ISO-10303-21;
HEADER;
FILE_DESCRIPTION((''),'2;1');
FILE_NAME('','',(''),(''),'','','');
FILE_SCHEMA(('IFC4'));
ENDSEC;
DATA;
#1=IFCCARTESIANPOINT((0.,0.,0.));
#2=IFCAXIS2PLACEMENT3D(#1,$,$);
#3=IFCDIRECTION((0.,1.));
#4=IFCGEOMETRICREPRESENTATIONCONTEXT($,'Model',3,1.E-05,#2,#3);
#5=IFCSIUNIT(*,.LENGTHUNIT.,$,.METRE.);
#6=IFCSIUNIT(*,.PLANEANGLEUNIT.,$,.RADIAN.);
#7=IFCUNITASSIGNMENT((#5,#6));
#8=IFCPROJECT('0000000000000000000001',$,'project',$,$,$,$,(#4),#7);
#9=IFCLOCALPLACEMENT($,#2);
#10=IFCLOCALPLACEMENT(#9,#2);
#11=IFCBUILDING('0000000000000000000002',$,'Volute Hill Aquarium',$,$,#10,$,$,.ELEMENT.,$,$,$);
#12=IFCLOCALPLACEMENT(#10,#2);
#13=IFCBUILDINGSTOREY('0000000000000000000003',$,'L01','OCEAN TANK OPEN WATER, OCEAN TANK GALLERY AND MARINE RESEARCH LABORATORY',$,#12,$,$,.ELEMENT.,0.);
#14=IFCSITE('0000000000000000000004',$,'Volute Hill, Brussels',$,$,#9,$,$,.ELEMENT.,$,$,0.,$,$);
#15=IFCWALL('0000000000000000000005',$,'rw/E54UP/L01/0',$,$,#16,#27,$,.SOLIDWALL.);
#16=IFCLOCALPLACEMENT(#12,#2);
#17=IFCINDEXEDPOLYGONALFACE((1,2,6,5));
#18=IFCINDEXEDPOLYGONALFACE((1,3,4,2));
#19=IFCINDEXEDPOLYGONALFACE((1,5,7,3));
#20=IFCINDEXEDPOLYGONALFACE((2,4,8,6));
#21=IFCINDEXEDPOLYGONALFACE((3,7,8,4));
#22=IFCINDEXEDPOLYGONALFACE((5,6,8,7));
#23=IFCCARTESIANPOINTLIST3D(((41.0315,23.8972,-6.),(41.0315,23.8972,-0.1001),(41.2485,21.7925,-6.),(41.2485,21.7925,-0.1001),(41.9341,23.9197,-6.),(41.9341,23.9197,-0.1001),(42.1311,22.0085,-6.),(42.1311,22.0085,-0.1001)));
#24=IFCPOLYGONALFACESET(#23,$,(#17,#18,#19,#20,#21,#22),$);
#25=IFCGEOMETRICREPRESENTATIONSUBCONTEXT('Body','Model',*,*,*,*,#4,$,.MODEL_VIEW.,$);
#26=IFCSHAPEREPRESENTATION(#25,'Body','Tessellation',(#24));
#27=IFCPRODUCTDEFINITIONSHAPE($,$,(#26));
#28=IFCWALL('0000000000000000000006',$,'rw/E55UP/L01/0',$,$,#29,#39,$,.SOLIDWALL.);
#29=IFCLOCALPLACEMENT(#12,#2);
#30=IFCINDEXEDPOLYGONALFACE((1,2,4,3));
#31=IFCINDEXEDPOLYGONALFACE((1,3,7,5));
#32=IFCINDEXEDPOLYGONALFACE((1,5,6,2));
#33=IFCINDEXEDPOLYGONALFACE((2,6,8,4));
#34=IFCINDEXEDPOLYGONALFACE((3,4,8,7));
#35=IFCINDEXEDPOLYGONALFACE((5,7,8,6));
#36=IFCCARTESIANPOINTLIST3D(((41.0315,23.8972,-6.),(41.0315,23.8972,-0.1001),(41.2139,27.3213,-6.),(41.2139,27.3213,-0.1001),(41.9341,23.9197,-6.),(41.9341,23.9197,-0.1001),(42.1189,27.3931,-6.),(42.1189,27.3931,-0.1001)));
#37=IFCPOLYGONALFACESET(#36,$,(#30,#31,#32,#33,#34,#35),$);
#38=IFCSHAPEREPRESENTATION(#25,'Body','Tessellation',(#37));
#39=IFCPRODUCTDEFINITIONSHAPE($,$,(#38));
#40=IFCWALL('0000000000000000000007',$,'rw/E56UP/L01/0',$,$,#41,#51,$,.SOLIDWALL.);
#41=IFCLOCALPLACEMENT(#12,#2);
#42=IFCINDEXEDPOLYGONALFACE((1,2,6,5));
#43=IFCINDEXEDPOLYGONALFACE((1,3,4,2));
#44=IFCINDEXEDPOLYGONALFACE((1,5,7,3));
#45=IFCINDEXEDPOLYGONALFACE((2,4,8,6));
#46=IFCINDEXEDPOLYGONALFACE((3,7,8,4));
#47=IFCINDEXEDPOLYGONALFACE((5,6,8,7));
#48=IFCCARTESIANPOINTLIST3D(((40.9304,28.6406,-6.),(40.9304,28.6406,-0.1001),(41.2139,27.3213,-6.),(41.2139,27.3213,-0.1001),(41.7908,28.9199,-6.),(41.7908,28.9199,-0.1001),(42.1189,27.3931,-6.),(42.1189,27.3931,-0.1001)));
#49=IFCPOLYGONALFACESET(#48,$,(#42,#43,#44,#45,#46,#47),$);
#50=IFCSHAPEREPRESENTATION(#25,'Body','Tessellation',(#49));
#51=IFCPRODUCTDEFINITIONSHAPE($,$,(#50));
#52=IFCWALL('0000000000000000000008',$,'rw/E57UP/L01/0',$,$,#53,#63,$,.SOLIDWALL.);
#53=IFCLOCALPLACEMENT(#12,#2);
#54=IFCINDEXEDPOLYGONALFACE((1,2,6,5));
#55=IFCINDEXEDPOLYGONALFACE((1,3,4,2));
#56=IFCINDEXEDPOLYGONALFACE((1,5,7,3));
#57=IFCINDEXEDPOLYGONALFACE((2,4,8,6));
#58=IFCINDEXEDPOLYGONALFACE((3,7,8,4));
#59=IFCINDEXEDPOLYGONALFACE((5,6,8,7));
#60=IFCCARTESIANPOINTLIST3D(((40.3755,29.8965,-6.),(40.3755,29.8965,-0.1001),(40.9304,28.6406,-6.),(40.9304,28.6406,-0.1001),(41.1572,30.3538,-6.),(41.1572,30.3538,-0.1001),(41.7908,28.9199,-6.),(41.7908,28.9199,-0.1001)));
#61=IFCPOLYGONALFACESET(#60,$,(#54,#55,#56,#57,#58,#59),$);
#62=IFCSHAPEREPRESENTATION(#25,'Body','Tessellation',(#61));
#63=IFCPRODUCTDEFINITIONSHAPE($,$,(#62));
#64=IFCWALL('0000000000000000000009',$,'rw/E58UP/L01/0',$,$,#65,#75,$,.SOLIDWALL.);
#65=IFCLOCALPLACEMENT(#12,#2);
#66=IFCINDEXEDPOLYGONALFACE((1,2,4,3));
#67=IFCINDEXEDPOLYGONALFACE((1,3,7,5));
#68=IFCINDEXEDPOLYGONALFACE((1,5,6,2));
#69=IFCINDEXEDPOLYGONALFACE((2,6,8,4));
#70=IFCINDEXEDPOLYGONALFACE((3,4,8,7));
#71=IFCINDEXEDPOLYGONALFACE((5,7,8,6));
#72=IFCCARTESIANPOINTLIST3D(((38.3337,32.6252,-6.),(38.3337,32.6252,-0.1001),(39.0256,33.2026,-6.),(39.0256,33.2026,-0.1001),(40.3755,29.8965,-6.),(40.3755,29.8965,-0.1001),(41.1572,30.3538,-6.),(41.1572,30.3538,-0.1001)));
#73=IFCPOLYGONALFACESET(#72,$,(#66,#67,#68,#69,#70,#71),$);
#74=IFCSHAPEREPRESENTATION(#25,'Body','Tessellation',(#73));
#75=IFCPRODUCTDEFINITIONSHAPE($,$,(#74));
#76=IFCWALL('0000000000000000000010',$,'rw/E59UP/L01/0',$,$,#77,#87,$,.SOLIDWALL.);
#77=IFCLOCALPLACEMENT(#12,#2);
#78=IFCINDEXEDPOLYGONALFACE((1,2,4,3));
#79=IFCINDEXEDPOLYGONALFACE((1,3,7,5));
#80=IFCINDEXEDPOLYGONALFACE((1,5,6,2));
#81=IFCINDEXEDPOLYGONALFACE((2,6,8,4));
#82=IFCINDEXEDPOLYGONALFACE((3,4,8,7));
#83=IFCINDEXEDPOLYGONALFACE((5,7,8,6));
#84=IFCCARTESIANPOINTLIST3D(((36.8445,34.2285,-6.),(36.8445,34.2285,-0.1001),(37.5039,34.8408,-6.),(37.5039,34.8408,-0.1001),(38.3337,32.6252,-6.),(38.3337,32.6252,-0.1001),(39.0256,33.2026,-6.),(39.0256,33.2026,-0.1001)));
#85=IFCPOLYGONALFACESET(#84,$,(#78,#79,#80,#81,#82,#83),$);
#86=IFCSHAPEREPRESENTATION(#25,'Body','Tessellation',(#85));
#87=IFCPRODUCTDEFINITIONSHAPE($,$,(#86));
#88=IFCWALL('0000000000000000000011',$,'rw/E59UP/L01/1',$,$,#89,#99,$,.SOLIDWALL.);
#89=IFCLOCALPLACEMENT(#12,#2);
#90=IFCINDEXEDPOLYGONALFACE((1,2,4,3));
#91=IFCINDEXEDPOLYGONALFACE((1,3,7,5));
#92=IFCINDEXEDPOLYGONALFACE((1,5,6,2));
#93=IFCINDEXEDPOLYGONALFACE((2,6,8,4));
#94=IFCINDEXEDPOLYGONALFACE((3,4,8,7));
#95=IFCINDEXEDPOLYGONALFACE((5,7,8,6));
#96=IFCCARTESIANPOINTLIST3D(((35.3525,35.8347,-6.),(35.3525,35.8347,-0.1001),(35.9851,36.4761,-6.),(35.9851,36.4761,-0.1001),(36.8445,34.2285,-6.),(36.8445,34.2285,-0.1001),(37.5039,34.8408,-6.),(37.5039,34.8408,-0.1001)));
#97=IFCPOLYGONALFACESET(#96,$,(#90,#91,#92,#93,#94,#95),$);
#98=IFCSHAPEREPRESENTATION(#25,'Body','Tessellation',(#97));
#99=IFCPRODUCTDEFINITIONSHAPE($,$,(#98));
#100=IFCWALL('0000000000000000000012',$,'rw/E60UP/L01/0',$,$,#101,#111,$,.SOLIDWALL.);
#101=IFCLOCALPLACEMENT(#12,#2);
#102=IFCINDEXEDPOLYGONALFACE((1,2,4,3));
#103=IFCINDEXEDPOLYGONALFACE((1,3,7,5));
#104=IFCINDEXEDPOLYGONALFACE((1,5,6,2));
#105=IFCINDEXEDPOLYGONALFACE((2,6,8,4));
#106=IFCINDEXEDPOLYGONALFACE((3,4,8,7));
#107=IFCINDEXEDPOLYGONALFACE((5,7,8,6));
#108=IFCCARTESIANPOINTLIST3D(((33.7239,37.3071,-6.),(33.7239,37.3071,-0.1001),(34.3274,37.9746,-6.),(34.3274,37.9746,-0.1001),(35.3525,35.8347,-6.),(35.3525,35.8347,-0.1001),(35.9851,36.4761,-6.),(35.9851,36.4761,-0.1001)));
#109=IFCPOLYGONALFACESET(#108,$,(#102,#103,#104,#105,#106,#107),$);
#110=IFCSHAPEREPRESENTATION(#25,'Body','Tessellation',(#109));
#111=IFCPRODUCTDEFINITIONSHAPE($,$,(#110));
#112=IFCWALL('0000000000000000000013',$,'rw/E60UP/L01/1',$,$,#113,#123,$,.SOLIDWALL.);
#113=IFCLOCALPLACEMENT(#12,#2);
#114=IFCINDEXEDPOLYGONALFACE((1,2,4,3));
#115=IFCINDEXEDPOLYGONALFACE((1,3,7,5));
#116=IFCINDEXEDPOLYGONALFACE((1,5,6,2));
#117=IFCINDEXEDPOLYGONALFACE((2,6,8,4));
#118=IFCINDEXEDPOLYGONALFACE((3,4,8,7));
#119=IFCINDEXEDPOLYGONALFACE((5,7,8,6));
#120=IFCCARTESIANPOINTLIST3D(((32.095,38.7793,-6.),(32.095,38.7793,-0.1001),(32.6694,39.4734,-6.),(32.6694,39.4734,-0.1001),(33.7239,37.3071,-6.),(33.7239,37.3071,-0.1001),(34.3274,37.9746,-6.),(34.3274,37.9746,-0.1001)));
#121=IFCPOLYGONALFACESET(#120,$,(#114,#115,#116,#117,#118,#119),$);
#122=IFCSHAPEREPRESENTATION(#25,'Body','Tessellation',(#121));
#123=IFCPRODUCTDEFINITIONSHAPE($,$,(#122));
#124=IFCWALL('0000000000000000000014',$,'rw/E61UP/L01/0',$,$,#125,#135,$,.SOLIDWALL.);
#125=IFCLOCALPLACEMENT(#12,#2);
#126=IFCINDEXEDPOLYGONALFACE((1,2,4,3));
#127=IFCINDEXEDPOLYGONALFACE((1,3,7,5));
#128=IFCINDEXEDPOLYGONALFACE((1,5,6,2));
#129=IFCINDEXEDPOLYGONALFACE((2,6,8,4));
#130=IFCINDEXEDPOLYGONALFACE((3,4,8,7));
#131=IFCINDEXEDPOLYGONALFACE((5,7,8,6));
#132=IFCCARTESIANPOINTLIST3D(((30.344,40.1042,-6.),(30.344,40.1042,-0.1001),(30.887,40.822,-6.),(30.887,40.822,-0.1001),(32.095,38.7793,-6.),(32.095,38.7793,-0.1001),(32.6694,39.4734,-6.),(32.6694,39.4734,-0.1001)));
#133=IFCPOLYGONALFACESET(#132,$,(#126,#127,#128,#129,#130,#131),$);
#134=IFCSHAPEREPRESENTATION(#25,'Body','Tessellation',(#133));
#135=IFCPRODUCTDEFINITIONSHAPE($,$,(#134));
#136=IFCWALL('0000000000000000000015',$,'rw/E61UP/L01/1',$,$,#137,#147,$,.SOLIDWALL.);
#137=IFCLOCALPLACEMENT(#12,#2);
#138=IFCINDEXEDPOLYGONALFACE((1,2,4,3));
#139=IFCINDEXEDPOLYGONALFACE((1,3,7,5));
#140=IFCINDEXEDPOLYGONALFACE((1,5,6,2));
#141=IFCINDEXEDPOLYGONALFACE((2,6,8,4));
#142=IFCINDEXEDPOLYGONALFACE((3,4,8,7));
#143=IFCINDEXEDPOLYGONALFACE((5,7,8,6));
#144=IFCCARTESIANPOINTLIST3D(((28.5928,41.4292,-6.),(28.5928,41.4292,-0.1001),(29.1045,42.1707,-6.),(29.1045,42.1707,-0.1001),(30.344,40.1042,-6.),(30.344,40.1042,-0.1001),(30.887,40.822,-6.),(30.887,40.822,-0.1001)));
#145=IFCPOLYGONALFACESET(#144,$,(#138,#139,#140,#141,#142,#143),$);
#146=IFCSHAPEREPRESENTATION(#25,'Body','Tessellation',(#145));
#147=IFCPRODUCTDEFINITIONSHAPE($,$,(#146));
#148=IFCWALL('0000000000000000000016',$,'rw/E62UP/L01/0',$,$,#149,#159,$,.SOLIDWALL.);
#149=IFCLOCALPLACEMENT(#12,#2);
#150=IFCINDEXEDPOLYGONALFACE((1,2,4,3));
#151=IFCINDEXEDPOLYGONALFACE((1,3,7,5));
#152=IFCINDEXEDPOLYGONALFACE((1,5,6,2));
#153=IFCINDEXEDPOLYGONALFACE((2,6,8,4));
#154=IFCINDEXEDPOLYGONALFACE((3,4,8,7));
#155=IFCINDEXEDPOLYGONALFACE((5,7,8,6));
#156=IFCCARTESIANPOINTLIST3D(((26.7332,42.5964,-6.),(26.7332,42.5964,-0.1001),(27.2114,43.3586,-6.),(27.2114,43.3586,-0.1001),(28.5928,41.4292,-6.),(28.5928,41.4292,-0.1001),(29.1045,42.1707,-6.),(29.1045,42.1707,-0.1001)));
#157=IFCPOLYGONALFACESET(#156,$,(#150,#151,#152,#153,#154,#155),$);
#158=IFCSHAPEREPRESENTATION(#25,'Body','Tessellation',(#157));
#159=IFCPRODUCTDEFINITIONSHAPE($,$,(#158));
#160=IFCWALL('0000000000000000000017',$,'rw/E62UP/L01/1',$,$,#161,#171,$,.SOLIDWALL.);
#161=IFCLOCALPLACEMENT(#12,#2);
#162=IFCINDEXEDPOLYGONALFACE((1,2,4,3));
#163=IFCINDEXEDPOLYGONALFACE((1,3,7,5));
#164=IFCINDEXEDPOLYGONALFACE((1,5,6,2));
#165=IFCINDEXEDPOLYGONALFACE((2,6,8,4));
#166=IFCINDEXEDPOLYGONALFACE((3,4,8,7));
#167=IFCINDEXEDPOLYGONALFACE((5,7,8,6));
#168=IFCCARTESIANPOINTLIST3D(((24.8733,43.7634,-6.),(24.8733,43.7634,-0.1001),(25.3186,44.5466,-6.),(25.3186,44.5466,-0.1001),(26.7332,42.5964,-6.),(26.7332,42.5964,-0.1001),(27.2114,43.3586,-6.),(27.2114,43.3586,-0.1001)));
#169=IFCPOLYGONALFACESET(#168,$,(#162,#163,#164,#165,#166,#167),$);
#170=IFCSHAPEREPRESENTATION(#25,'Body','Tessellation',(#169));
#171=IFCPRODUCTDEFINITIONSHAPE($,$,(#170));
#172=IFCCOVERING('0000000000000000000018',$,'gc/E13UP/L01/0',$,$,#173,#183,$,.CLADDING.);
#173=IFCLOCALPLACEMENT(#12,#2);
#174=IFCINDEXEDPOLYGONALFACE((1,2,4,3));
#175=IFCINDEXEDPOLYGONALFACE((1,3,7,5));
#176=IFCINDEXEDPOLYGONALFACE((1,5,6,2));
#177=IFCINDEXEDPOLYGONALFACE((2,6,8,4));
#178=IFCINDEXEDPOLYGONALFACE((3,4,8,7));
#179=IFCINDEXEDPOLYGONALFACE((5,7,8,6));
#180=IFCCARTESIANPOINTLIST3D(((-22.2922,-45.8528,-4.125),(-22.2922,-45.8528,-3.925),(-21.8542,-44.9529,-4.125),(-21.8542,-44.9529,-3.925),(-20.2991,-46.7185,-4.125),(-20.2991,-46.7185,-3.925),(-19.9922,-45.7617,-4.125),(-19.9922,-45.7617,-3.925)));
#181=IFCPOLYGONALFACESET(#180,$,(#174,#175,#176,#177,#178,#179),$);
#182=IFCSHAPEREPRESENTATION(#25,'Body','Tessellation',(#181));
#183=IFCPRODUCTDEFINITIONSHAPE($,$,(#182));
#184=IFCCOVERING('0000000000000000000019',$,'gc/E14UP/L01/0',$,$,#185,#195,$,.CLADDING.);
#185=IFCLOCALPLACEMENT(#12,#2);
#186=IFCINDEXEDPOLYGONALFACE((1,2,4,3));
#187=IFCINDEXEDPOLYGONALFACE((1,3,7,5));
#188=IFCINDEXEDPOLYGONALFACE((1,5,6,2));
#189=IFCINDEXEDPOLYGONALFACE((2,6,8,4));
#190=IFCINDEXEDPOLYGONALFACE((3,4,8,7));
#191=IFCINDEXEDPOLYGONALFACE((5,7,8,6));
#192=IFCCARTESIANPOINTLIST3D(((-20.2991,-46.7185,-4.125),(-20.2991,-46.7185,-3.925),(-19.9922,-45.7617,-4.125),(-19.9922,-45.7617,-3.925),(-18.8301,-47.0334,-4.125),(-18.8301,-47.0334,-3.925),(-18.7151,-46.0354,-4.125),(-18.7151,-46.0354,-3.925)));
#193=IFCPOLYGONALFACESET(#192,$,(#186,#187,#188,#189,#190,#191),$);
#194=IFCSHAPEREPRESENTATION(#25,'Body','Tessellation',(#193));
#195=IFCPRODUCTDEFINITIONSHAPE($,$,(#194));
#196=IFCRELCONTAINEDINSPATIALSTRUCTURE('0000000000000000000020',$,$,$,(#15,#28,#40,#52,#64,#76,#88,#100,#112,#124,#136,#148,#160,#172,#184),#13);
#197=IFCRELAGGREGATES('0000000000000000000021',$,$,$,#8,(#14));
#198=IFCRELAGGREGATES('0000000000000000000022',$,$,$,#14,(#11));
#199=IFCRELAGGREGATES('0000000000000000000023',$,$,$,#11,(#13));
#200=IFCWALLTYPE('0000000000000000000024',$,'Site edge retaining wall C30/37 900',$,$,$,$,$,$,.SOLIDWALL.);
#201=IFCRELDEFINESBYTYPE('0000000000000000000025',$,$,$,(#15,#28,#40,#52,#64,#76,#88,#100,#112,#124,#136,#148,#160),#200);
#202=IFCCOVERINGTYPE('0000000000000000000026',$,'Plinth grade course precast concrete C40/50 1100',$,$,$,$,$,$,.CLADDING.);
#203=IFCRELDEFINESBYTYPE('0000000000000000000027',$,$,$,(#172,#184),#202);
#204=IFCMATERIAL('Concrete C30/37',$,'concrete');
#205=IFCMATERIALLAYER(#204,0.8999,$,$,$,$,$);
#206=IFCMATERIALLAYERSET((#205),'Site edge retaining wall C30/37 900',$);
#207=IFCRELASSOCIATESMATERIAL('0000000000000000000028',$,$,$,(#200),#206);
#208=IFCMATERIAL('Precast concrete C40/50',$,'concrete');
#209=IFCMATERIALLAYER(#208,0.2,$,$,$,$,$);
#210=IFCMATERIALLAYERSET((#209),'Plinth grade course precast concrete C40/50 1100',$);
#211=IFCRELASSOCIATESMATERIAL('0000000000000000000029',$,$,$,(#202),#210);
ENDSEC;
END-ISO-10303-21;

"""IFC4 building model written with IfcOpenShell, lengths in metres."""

from ifc_helpers import new_model, si_unit, direction, frame, origin, place, context, subcontext, project, spatial, polyline, outline, extrude, material, layer, layer_set, type_object, element, save


model = new_model("IFC4")

# Units and contexts
model_context = context("Model", 3, precision=1e-05, world=origin(), true_north=direction((0.0, 1.0)))
body_context = subcontext(model_context, "Body", "Model", "MODEL_VIEW")
ifc_project = project(units=[si_unit("LENGTHUNIT", "METRE"), si_unit("PLANEANGLEUNIT", "RADIAN")], contexts=[model_context])

# Site, building, storey
site_placement = place(None, origin())
site = spatial("IfcSite", under=ifc_project, at=site_placement, Name="Volute Hill, Brussels", CompositionType="ELEMENT", RefElevation=0.0)
building_placement = place(site_placement, origin())
building = spatial("IfcBuilding", under=site, at=building_placement, Name="Volute Hill Aquarium", CompositionType="ELEMENT")
storey_placement = place(building_placement, origin())
storey = spatial("IfcBuildingStorey", under=building, at=storey_placement, Name="L01", Description="OCEAN TANK OPEN WATER, OCEAN TANK GALLERY AND MARINE RESEARCH LABORATORY", CompositionType="ELEMENT", Elevation=0.0)

# Walls
ifc_material_1 = material(Name="Concrete C30/37", Category="concrete")
ifc_layer_1 = layer(ifc_material_1, 0.8999)
ifc_layer_set_1 = layer_set([ifc_layer_1], Name="Site edge retaining wall C30/37 900")
wall_type = type_object("IfcWallType", Name="Site edge retaining wall C30/37 900", PredefinedType="SOLIDWALL", material=ifc_layer_set_1)
wall_1_placement = place(storey_placement, frame((0.0, 0.0, -6.0)))
element("IfcWall", 1, at=wall_1_placement, inside=storey, type_object=wall_type, Name="rw/E54UP/L01/0", PredefinedType="SOLIDWALL", context=body_context, shape_type="SweptSolid", body=[
    extrude(outline(polyline([(42.1311, 22.0085), (41.9341, 23.9197), (41.0315, 23.8972), (41.2485, 21.7925), (42.1311, 22.0085)])), origin(), (0.0, 0.0, 1.0), 5.8999),
])
wall_2_placement = place(storey_placement, frame((0.0, 0.0, -6.0)))
element("IfcWall", 2, at=wall_2_placement, inside=storey, type_object=wall_type, Name="rw/E55UP/L01/0", PredefinedType="SOLIDWALL", context=body_context, shape_type="SweptSolid", body=[
    extrude(outline(polyline([(42.1189, 27.3931), (42.1189, 27.3931), (41.2139, 27.3213), (41.0315, 23.8972), (41.0315, 23.8972), (41.9341, 23.9197), (41.9341, 23.9197), (42.1189, 27.3931)])), origin(), (0.0, 0.0, 1.0), 5.8999),
])
wall_3_placement = place(storey_placement, frame((0.0, 0.0, -6.0)))
element("IfcWall", 3, at=wall_3_placement, inside=storey, type_object=wall_type, Name="rw/E56UP/L01/0", PredefinedType="SOLIDWALL", context=body_context, shape_type="SweptSolid", body=[
    extrude(outline(polyline([(42.1189, 27.3931), (41.7908, 28.9199), (40.9304, 28.6406), (41.2139, 27.3213), (41.2139, 27.3213), (42.1189, 27.3931)])), origin(), (0.0, 0.0, 1.0), 5.8999),
])
wall_4_placement = place(storey_placement, frame((0.0, 0.0, -6.0)))
element("IfcWall", 4, at=wall_4_placement, inside=storey, type_object=wall_type, Name="rw/E57UP/L01/0", PredefinedType="SOLIDWALL", context=body_context, shape_type="SweptSolid", body=[
    extrude(outline(polyline([(41.1572, 30.3538), (41.1572, 30.3538), (40.3755, 29.8965), (40.9304, 28.6406), (40.9304, 28.6406), (41.7908, 28.9199), (41.7908, 28.9199), (41.1572, 30.3538)])), origin(), (0.0, 0.0, 1.0), 5.8999),
])
wall_5_placement = place(storey_placement, frame((0.0, 0.0, -6.0)))
element("IfcWall", 5, at=wall_5_placement, inside=storey, type_object=wall_type, Name="rw/E58UP/L01/0", PredefinedType="SOLIDWALL", context=body_context, shape_type="SweptSolid", body=[
    extrude(outline(polyline([(41.1572, 30.3538), (39.0256, 33.2026), (38.3337, 32.6252), (38.3337, 32.6252), (40.3755, 29.8965), (41.1572, 30.3538)])), origin(), (0.0, 0.0, 1.0), 5.8999),
])
wall_6_placement = place(storey_placement, frame((0.0, 0.0, -6.0)))
element("IfcWall", 6, at=wall_6_placement, inside=storey, type_object=wall_type, Name="rw/E59UP/L01/0", PredefinedType="SOLIDWALL", context=body_context, shape_type="SweptSolid", body=[
    extrude(outline(polyline([(39.0256, 33.2026), (37.5039, 34.8408), (36.8445, 34.2285), (38.3337, 32.6252), (39.0256, 33.2026), (39.0256, 33.2026)])), origin(), (0.0, 0.0, 1.0), 5.8999),
])
wall_7_placement = place(storey_placement, frame((0.0, 0.0, -6.0)))
element("IfcWall", 7, at=wall_7_placement, inside=storey, type_object=wall_type, Name="rw/E59UP/L01/1", PredefinedType="SOLIDWALL", context=body_context, shape_type="SweptSolid", body=[
    extrude(outline(polyline([(37.5039, 34.8408), (35.9851, 36.4761), (35.3525, 35.8347), (36.8445, 34.2285), (37.5039, 34.8408)])), origin(), (0.0, 0.0, 1.0), 5.8999),
])
wall_8_placement = place(storey_placement, frame((0.0, 0.0, -6.0)))
element("IfcWall", 8, at=wall_8_placement, inside=storey, type_object=wall_type, Name="rw/E60UP/L01/0", PredefinedType="SOLIDWALL", context=body_context, shape_type="SweptSolid", body=[
    extrude(outline(polyline([(35.9851, 36.4761), (34.3274, 37.9746), (33.7239, 37.3071), (35.3525, 35.8347), (35.3525, 35.8347), (35.9851, 36.4761), (35.9851, 36.4761)])), origin(), (0.0, 0.0, 1.0), 5.8999),
])
wall_9_placement = place(storey_placement, frame((0.0, 0.0, -6.0)))
element("IfcWall", 9, at=wall_9_placement, inside=storey, type_object=wall_type, Name="rw/E60UP/L01/1", PredefinedType="SOLIDWALL", context=body_context, shape_type="SweptSolid", body=[
    extrude(outline(polyline([(32.6694, 39.4734), (32.6694, 39.4734), (32.095, 38.7793), (32.095, 38.7793), (33.7239, 37.3071), (34.3274, 37.9746), (32.6694, 39.4734)])), origin(), (0.0, 0.0, 1.0), 5.8999),
])
wall_10_placement = place(storey_placement, frame((0.0, 0.0, -6.0)))
element("IfcWall", 10, at=wall_10_placement, inside=storey, type_object=wall_type, Name="rw/E61UP/L01/0", PredefinedType="SOLIDWALL", context=body_context, shape_type="SweptSolid", body=[
    extrude(outline(polyline([(32.6694, 39.4734), (30.887, 40.822), (30.344, 40.1042), (32.095, 38.7793), (32.6694, 39.4734)])), origin(), (0.0, 0.0, 1.0), 5.8999),
])
wall_11_placement = place(storey_placement, frame((0.0, 0.0, -6.0)))
element("IfcWall", 11, at=wall_11_placement, inside=storey, type_object=wall_type, Name="rw/E61UP/L01/1", PredefinedType="SOLIDWALL", context=body_context, shape_type="SweptSolid", body=[
    extrude(outline(polyline([(29.1045, 42.1707), (29.1045, 42.1707), (28.5928, 41.4292), (28.5928, 41.4292), (30.344, 40.1042), (30.887, 40.822), (29.1045, 42.1707)])), origin(), (0.0, 0.0, 1.0), 5.8999),
])
wall_12_placement = place(storey_placement, frame((0.0, 0.0, -6.0)))
element("IfcWall", 12, at=wall_12_placement, inside=storey, type_object=wall_type, Name="rw/E62UP/L01/0", PredefinedType="SOLIDWALL", context=body_context, shape_type="SweptSolid", body=[
    extrude(outline(polyline([(29.1045, 42.1707), (27.2114, 43.3586), (26.7332, 42.5964), (28.5928, 41.4292), (29.1045, 42.1707)])), origin(), (0.0, 0.0, 1.0), 5.8999),
])
wall_13_placement = place(storey_placement, frame((0.0, 0.0, -6.0)))
element("IfcWall", 13, at=wall_13_placement, inside=storey, type_object=wall_type, Name="rw/E62UP/L01/1", PredefinedType="SOLIDWALL", context=body_context, shape_type="SweptSolid", body=[
    extrude(outline(polyline([(27.2114, 43.3586), (25.3186, 44.5466), (24.8733, 43.7634), (26.7332, 42.5964), (27.2114, 43.3586)])), origin(), (0.0, 0.0, 1.0), 5.8999),
])

# Coverings
ifc_material_2 = material(Name="Precast concrete C40/50", Category="concrete")
ifc_layer_2 = layer(ifc_material_2, 0.2)
ifc_layer_set_2 = layer_set([ifc_layer_2], Name="Plinth grade course precast concrete C40/50 1100")
covering_type_1 = type_object("IfcCoveringType", Name="Plinth grade course precast concrete C40/50 1100", PredefinedType="CLADDING", material=ifc_layer_set_2)
covering_1_placement = place(storey_placement, frame((0.0, 0.0, -4.125)))
element("IfcCovering", 14, at=covering_1_placement, inside=storey, type_object=covering_type_1, Name="gc/E13UP/L01/0", PredefinedType="CLADDING", context=body_context, shape_type="SweptSolid", body=[
    extrude(outline(polyline([(-22.2922, -45.8528), (-20.2991, -46.7185), (-19.9922, -45.7617), (-21.8542, -44.9529), (-22.2922, -45.8528)])), origin(), (0.0, 0.0, 1.0), 0.2),
])
covering_2_placement = place(storey_placement, frame((0.0, 0.0, -4.125)))
element("IfcCovering", 15, at=covering_2_placement, inside=storey, type_object=covering_type_1, Name="gc/E14UP/L01/0", PredefinedType="CLADDING", context=body_context, shape_type="SweptSolid", body=[
    extrude(outline(polyline([(-20.2991, -46.7185), (-18.8301, -47.0334), (-18.7151, -46.0354), (-18.7151, -46.0354), (-19.9922, -45.7617), (-19.9922, -45.7617), (-20.2991, -46.7185), (-20.2991, -46.7185)])), origin(), (0.0, 0.0, 1.0), 0.2),
])

save(model, "model.ifc")
